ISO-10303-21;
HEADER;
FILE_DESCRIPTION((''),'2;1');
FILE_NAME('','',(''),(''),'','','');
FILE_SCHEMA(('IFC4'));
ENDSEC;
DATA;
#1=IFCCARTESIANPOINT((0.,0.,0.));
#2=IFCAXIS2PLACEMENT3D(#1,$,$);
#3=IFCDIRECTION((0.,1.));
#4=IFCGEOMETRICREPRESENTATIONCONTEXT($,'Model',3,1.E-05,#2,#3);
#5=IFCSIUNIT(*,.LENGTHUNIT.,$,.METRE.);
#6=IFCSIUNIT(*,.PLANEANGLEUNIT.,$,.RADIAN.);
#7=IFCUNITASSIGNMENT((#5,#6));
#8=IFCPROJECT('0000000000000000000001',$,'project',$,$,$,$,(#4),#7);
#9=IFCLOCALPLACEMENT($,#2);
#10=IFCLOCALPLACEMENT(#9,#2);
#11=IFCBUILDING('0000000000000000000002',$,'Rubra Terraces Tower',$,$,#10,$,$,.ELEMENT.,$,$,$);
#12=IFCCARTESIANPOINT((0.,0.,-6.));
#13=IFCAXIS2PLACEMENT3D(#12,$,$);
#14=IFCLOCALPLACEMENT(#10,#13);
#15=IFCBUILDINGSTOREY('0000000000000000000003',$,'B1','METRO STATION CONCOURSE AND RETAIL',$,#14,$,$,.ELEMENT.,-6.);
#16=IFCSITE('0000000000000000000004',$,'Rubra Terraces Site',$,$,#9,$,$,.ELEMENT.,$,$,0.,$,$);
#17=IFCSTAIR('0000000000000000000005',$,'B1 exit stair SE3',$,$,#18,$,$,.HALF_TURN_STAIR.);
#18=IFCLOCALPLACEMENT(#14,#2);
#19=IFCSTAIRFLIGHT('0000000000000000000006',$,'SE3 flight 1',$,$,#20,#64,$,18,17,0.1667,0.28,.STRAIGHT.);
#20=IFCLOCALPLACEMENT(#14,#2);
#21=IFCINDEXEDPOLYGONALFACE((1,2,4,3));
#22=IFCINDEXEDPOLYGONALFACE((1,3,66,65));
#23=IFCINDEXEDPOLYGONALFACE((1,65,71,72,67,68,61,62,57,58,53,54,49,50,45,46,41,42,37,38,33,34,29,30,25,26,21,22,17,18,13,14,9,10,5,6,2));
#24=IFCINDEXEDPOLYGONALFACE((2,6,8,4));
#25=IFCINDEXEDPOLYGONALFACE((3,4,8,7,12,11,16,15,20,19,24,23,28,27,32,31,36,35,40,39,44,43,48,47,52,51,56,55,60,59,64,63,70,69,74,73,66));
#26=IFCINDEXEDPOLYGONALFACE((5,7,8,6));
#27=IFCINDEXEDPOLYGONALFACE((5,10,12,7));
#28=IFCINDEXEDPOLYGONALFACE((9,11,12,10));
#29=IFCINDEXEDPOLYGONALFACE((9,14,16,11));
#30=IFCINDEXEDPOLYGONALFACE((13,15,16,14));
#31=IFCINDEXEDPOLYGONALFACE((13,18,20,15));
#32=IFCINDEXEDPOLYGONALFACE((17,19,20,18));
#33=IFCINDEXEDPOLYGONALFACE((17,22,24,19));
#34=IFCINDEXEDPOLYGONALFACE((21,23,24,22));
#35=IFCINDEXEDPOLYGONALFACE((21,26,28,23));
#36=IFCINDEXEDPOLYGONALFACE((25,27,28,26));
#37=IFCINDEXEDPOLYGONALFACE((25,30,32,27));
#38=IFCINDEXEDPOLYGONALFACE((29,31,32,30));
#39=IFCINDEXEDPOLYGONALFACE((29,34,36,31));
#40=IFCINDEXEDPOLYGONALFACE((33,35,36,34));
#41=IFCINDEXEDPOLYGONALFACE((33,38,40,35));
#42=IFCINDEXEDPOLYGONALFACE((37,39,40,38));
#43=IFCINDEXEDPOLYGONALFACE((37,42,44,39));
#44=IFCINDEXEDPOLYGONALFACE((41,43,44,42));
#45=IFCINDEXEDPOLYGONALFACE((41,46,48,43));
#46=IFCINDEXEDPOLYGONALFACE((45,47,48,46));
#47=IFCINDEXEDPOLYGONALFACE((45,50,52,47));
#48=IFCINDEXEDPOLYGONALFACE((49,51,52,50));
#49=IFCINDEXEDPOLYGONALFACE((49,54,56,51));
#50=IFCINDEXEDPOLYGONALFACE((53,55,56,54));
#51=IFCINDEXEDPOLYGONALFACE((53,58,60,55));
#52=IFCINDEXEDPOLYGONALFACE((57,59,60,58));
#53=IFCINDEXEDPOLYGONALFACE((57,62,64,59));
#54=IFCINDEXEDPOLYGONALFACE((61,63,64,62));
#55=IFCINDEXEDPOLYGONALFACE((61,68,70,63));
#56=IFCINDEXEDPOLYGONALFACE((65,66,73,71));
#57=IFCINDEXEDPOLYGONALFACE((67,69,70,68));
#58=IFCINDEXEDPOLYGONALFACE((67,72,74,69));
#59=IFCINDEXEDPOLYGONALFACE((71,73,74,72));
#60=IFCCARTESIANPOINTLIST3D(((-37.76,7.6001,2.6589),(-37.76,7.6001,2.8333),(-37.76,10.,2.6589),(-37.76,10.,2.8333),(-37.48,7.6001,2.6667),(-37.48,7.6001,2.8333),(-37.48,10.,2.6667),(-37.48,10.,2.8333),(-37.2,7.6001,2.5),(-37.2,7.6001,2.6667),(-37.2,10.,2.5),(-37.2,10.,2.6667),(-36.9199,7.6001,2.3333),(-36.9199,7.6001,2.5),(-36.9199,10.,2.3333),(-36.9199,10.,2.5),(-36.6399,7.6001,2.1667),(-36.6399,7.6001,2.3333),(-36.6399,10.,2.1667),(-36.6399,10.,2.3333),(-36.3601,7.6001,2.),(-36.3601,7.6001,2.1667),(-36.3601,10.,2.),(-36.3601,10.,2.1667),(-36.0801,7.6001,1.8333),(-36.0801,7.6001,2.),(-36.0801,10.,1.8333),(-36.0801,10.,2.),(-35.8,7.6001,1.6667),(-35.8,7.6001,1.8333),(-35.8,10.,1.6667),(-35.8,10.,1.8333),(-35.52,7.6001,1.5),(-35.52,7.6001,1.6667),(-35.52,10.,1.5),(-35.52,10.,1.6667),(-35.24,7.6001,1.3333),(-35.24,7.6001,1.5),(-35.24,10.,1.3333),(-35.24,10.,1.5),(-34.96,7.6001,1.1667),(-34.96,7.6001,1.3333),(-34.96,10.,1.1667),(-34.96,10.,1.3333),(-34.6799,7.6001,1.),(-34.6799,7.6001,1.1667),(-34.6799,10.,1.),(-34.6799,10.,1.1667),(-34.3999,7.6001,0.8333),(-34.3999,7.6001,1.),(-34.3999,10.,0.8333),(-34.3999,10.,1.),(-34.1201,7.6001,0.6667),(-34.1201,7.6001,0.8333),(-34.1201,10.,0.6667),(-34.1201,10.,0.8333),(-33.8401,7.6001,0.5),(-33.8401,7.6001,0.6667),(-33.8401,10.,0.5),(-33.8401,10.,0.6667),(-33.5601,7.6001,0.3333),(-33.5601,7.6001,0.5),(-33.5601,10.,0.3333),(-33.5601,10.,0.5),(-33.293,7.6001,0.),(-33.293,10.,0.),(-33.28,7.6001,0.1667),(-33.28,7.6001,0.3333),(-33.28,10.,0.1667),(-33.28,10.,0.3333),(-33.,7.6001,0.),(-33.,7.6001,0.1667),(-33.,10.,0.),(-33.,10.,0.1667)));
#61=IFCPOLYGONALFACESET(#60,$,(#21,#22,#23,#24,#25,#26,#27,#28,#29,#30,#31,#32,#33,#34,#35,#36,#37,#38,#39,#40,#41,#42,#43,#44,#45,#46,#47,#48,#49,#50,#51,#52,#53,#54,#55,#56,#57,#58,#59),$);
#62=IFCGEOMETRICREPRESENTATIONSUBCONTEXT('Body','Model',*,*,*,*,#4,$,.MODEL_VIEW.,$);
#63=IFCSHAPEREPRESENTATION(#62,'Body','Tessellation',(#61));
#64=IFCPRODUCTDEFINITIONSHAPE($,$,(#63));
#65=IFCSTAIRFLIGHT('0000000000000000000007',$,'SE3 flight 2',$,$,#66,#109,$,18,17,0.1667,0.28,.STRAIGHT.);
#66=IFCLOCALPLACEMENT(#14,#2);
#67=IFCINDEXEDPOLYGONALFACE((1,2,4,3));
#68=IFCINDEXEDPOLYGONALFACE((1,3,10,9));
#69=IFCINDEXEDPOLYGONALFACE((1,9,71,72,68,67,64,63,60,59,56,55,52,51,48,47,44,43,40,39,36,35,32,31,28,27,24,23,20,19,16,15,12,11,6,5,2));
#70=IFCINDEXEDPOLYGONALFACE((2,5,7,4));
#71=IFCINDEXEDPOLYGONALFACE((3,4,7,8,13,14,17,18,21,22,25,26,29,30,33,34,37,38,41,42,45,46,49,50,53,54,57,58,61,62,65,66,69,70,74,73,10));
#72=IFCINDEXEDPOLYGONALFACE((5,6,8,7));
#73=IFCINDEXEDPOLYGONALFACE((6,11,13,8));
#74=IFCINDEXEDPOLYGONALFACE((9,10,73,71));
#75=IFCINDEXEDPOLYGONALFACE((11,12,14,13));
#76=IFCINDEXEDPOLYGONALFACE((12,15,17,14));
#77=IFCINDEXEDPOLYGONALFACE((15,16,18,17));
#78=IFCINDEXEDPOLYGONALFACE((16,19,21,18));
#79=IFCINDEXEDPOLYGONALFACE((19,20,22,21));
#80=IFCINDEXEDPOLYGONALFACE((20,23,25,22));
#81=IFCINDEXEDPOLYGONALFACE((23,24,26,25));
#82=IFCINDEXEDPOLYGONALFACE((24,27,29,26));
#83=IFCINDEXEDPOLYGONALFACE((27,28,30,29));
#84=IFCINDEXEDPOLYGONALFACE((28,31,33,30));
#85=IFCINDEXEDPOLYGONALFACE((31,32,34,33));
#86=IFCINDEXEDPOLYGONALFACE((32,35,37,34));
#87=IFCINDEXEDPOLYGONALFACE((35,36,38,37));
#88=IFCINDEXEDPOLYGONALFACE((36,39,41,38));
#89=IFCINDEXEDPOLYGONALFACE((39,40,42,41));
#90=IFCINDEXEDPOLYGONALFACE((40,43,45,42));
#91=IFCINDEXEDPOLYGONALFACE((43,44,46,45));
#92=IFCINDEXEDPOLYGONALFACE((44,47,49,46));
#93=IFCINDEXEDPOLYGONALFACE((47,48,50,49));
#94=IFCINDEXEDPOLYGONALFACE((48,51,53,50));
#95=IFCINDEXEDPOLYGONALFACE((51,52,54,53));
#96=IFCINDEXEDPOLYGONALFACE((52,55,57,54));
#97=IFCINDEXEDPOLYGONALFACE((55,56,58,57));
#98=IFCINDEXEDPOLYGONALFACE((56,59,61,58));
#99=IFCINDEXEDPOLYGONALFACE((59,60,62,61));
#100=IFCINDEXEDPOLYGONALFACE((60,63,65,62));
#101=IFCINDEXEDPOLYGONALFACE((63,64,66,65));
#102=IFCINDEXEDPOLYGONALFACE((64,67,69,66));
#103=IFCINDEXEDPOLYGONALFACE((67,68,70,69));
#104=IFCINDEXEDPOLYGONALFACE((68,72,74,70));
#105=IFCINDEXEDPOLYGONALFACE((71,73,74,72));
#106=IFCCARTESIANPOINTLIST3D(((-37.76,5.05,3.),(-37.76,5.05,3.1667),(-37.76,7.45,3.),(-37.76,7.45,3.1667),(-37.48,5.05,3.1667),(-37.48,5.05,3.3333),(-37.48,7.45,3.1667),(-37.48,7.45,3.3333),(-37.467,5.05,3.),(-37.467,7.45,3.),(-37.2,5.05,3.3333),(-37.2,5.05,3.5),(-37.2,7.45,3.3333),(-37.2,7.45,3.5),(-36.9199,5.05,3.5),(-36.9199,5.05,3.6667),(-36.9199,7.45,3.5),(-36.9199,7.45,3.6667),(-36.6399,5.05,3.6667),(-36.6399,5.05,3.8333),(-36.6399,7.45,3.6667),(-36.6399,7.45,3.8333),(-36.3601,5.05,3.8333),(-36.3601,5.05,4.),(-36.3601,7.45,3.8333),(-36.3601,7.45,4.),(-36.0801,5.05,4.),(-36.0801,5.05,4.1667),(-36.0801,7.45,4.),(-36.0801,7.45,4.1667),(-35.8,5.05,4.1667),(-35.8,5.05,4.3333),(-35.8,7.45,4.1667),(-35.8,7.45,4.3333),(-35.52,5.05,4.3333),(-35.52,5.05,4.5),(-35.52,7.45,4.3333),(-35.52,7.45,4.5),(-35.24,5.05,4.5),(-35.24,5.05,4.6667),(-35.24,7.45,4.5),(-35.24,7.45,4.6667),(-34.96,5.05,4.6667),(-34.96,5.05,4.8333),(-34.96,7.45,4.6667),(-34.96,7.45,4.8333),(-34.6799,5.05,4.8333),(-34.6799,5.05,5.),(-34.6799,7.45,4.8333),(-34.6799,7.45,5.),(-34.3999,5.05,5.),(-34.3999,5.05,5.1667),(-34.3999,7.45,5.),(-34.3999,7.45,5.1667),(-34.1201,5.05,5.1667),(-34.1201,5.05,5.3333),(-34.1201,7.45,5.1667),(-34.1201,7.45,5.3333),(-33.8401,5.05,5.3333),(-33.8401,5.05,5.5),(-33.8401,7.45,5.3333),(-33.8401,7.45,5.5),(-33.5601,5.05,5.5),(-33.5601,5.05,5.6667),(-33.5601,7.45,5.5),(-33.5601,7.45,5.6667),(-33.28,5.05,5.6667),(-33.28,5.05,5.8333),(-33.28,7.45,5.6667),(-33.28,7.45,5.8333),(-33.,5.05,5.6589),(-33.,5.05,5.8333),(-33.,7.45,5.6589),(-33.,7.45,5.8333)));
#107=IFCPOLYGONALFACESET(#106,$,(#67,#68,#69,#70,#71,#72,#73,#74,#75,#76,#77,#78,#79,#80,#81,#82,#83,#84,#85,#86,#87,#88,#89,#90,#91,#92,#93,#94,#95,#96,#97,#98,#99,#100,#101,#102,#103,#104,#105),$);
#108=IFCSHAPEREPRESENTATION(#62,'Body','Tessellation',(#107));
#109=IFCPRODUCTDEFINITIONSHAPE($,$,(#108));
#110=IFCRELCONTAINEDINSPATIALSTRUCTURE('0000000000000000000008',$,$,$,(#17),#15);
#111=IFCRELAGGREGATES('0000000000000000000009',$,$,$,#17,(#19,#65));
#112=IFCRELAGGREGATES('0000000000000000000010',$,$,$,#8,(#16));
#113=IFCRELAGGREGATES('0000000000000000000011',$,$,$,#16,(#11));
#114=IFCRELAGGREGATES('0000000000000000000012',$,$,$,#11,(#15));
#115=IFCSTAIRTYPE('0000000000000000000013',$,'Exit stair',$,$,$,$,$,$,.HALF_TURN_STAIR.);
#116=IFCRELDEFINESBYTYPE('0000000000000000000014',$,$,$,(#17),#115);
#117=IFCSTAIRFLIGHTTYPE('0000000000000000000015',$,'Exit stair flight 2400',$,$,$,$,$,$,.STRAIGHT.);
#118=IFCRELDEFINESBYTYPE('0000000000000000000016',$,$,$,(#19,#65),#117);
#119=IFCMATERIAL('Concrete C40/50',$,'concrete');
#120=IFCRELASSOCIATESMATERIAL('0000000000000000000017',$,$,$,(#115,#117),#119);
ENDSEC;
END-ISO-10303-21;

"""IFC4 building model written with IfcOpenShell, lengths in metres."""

from ifc_helpers import new_model, si_unit, direction, frame, origin, place, context, subcontext, project, spatial, polyline, outline, extrude, material, type_object, element, aggregate, save


model = new_model("IFC4")

# Units and contexts
model_context = context("Model", 3, precision=1e-05, world=origin(), true_north=direction((0.0, 1.0)))
body_context = subcontext(model_context, "Body", "Model", "MODEL_VIEW")
ifc_project = project(units=[si_unit("LENGTHUNIT", "METRE"), si_unit("PLANEANGLEUNIT", "RADIAN")], contexts=[model_context])

# Site, building, storey
site_placement = place(None, origin())
site = spatial("IfcSite", under=ifc_project, at=site_placement, Name="Rubra Terraces Site", CompositionType="ELEMENT", RefElevation=0.0)
building_placement = place(site_placement, origin())
building = spatial("IfcBuilding", under=site, at=building_placement, Name="Rubra Terraces Tower", CompositionType="ELEMENT")
storey_placement = place(building_placement, frame((0.0, 0.0, -6.0)))
storey = spatial("IfcBuildingStorey", under=building, at=storey_placement, Name="B1", Description="METRO STATION CONCOURSE AND RETAIL", CompositionType="ELEMENT", Elevation=-6.0)

# Shared definitions
ifc_material_1 = material(Name="Concrete C40/50", Category="concrete")

# Stair, stair flights
stair_type = type_object("IfcStairType", Name="Exit stair", PredefinedType="HALF_TURN_STAIR", material=ifc_material_1)
stair_placement = place(storey_placement, origin())
stair = element("IfcStair", 1, at=stair_placement, inside=storey, type_object=stair_type, Name="B1 exit stair SE3", PredefinedType="HALF_TURN_STAIR")
stair_flight_type = type_object("IfcStairFlightType", Name="Exit stair flight 2400", PredefinedType="STRAIGHT", material=ifc_material_1)
stair_flight_1_placement = place(storey_placement, frame((-33.0, 8.8, 0.0), z_axis=(0.0, 0.0, 1.0), x_axis=(-1.0, 0.0, 0.0)))
stair_flight_1 = element("IfcStairFlight", 2, at=stair_flight_1_placement, type_object=stair_flight_type, Name="SE3 flight 1", NumberOfRisers=18, NumberOfTreads=17, PredefinedType="STRAIGHT", RiserHeight=0.1667, TreadLength=0.28, context=body_context, shape_type="SweptSolid", body=[
    extrude(outline(polyline([(0.0, 0.0), (0.0, 0.1667), (0.28, 0.1667), (0.28, 0.3333), (0.5601, 0.3333), (0.5601, 0.5), (0.8401, 0.5), (0.8401, 0.6667), (1.1201, 0.6667), (1.1201, 0.8333), (1.3999, 0.8333), (1.3999, 1.0), (1.6799, 1.0), (1.6799, 1.1667), (1.96, 1.1667), (1.96, 1.3333), (2.24, 1.3333), (2.24, 1.5), (2.52, 1.5), (2.52, 1.6667), (2.8, 1.6667), (2.8, 1.8333), (3.0801, 1.8333), (3.0801, 2.0), (3.3601, 2.0), (3.3601, 2.1667), (3.6399, 2.1667), (3.6399, 2.3333), (3.9199, 2.3333), (3.9199, 2.5), (4.2, 2.5), (4.2, 2.6667), (4.48, 2.6667), (4.48, 2.8333), (4.76, 2.8333), (4.76, 3.0), (4.76, 2.6589), (0.293, 0.0), (0.0, 0.0)])), frame((0.0, 1.2, 0.0), z_axis=(0.0, -1.0, 0.0), x_axis=(1.0, 0.0, 0.0)), (0.0, 0.0, 1.0), 2.3999),
])
stair_flight_2_placement = place(storey_placement, frame((-37.76, 6.25, 3.0), z_axis=(0.0, 0.0, 1.0), x_axis=(1.0, 0.0, 0.0)))
stair_flight_2 = element("IfcStairFlight", 3, at=stair_flight_2_placement, type_object=stair_flight_type, Name="SE3 flight 2", NumberOfRisers=18, NumberOfTreads=17, PredefinedType="STRAIGHT", RiserHeight=0.1667, TreadLength=0.28, context=body_context, shape_type="SweptSolid", body=[
    extrude(outline(polyline([(0.0, 0.0), (0.0, 0.1667), (0.28, 0.1667), (0.28, 0.3333), (0.5601, 0.3333), (0.5601, 0.5), (0.8401, 0.5), (0.8401, 0.6667), (1.1201, 0.6667), (1.1201, 0.8333), (1.3999, 0.8333), (1.3999, 1.0), (1.6799, 1.0), (1.6799, 1.1667), (1.96, 1.1667), (1.96, 1.3333), (2.24, 1.3333), (2.24, 1.5), (2.52, 1.5), (2.52, 1.6667), (2.8, 1.6667), (2.8, 1.8333), (3.0801, 1.8333), (3.0801, 2.0), (3.3601, 2.0), (3.3601, 2.1667), (3.6399, 2.1667), (3.6399, 2.3333), (3.9199, 2.3333), (3.9199, 2.5), (4.2, 2.5), (4.2, 2.6667), (4.48, 2.6667), (4.48, 2.8333), (4.76, 2.8333), (4.76, 3.0), (4.76, 2.6589), (0.293, 0.0), (0.0, 0.0)])), frame((0.0, 1.2, 0.0), z_axis=(0.0, -1.0, 0.0), x_axis=(1.0, 0.0, 0.0)), (0.0, 0.0, 1.0), 2.3999),
])
aggregate(stair, [stair_flight_1, stair_flight_2])

save(model, "model.ifc")
